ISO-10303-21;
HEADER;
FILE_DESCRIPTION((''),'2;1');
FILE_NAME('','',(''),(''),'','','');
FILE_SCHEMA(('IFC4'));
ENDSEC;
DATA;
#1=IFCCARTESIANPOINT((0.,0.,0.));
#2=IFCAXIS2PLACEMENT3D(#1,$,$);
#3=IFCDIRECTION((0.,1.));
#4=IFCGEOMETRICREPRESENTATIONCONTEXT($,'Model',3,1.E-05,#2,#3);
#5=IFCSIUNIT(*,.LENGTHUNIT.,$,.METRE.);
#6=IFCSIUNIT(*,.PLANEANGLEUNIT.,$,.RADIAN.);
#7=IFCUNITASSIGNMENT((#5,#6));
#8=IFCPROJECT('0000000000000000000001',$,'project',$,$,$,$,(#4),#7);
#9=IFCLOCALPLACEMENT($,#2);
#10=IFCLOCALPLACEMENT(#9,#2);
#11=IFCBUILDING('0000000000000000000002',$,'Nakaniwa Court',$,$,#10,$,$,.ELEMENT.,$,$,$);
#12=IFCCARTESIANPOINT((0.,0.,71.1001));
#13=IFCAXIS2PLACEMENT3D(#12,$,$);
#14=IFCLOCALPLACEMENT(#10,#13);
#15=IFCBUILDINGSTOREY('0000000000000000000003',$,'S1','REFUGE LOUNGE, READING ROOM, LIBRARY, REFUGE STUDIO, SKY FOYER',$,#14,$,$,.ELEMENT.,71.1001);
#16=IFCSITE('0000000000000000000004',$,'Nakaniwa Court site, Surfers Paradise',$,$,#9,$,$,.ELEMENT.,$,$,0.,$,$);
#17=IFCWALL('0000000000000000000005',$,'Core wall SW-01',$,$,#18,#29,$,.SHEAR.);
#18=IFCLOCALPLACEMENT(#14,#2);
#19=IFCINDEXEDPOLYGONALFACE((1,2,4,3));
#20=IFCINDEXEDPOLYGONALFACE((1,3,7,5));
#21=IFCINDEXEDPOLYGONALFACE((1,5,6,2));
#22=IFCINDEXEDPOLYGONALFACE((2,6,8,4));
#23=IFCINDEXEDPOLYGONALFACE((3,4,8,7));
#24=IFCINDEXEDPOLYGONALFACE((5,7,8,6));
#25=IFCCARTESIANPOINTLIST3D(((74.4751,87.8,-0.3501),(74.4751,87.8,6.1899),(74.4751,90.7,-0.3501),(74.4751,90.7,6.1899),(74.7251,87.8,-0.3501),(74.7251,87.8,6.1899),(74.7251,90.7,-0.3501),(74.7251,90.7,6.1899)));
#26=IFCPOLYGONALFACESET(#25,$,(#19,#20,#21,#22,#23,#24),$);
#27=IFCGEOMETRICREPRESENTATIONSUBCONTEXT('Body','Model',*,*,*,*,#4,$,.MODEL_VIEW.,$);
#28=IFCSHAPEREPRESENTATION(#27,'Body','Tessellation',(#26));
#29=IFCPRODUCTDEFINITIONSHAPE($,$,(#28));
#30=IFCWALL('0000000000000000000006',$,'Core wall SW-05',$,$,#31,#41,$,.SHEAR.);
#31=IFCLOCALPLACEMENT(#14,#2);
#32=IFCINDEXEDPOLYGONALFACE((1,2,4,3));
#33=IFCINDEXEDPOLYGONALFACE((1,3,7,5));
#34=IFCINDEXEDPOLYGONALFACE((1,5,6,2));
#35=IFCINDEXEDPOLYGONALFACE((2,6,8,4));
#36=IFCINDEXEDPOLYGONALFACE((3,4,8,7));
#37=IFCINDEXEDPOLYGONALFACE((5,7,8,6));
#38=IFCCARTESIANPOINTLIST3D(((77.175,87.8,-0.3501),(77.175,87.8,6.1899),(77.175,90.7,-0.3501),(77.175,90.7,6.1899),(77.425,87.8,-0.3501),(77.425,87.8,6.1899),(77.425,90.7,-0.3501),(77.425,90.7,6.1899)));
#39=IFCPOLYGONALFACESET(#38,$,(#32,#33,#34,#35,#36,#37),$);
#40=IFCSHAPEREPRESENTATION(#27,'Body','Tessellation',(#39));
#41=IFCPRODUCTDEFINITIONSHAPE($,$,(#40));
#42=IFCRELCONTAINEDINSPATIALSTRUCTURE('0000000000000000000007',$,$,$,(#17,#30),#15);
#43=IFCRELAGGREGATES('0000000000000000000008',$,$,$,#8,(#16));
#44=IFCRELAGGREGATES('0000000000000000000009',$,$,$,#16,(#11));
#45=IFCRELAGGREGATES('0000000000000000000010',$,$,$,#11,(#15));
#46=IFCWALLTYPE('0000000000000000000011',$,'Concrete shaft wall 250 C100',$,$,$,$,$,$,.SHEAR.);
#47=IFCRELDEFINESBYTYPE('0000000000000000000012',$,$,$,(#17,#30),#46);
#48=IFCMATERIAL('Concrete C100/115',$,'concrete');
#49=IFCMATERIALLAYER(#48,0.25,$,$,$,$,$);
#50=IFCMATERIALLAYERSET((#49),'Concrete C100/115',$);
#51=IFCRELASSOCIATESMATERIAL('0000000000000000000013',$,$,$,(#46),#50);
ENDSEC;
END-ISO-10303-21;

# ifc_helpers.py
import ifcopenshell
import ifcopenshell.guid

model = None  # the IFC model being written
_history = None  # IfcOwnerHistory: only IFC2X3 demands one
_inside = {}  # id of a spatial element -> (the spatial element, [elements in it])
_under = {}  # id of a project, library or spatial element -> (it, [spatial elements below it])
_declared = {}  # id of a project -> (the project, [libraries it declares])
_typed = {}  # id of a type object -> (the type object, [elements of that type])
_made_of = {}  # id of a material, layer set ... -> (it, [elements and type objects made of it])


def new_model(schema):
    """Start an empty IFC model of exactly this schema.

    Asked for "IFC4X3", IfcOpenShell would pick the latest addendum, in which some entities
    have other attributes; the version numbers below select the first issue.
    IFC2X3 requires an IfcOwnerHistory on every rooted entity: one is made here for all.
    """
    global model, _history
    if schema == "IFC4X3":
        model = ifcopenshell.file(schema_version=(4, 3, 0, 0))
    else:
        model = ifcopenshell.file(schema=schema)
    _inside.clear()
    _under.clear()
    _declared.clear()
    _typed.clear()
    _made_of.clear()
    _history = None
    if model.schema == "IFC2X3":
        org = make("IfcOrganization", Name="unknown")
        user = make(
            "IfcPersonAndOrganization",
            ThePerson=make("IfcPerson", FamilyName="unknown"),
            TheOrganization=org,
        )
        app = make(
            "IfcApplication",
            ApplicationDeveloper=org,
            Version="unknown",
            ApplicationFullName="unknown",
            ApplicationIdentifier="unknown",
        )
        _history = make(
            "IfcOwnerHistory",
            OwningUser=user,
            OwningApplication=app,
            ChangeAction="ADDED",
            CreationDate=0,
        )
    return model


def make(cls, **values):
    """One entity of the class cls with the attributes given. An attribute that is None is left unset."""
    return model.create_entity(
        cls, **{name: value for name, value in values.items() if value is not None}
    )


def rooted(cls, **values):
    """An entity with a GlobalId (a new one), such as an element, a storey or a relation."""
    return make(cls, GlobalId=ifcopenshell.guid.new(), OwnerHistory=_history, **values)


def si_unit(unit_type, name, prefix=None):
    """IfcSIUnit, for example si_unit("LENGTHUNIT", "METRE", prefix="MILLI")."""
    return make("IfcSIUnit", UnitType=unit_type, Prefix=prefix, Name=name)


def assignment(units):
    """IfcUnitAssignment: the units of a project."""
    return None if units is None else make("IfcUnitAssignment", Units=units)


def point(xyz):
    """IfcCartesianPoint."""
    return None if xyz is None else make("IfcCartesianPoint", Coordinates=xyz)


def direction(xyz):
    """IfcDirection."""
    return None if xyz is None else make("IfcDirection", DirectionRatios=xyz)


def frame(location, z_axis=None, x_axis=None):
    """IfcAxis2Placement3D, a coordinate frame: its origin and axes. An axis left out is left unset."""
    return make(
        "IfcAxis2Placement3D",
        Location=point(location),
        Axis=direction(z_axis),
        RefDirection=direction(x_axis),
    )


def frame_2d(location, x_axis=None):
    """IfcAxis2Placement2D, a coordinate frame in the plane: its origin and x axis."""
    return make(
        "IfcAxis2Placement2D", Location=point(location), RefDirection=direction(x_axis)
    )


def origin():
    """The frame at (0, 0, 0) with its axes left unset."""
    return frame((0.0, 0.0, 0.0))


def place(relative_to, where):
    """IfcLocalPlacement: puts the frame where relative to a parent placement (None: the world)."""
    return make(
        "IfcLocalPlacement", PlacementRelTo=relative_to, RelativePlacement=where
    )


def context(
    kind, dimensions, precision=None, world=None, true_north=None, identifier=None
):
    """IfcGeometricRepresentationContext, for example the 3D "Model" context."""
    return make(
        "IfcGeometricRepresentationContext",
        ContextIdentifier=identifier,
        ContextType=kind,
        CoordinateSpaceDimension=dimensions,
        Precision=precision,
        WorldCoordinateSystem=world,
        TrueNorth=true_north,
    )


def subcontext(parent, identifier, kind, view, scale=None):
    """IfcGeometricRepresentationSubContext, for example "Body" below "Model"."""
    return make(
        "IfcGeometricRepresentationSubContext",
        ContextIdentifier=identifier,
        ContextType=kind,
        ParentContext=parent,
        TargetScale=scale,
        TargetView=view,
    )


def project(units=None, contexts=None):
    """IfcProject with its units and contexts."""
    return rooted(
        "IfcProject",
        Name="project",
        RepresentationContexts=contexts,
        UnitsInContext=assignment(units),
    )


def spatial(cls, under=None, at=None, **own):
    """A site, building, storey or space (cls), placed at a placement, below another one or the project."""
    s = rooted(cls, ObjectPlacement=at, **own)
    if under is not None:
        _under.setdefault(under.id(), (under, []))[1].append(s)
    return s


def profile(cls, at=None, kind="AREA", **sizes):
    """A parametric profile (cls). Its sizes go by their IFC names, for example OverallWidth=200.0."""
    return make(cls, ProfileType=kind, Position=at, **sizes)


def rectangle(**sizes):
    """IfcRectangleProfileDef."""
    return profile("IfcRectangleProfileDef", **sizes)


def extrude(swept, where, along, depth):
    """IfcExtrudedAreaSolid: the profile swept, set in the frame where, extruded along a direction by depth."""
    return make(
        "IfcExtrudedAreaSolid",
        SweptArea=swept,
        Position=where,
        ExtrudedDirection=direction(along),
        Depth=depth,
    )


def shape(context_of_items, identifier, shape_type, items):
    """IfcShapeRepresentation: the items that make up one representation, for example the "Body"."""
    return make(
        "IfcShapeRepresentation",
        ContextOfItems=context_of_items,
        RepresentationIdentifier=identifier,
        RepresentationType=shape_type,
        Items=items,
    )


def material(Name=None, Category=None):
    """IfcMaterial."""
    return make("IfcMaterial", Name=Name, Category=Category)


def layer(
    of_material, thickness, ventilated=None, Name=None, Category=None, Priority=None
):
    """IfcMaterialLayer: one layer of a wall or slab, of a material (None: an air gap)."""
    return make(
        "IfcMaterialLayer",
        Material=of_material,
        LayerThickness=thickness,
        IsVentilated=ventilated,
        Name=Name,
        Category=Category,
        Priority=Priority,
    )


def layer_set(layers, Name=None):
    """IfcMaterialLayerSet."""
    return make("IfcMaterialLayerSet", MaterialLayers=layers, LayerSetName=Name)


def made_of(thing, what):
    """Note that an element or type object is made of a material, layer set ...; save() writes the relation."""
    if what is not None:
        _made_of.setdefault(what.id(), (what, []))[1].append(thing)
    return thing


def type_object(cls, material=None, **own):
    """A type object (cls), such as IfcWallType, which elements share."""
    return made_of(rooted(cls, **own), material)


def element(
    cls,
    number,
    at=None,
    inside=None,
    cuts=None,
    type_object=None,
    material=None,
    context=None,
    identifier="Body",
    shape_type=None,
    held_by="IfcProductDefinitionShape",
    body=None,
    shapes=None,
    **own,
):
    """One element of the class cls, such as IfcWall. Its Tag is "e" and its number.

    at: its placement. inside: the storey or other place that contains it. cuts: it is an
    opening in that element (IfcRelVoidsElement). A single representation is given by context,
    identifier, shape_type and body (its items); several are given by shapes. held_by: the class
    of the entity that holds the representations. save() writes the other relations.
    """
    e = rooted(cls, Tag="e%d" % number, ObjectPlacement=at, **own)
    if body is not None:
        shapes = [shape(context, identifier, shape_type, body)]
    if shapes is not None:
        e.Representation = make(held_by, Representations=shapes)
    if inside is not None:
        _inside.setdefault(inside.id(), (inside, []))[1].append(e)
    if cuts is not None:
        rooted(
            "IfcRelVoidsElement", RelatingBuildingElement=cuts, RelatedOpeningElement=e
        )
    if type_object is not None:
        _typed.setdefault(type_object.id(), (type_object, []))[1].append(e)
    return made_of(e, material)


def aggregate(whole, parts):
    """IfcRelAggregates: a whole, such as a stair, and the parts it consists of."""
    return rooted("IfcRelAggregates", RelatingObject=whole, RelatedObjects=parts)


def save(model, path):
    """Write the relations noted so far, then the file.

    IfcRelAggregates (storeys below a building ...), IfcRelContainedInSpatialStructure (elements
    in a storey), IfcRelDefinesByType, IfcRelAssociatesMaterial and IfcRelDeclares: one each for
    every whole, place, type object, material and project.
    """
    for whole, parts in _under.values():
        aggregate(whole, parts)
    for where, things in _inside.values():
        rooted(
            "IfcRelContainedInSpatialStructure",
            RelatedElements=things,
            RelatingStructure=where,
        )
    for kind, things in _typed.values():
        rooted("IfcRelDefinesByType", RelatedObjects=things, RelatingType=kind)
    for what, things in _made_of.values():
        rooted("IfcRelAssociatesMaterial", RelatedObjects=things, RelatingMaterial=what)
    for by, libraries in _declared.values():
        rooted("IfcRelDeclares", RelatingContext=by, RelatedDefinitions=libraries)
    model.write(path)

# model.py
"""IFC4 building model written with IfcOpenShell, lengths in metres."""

from ifc_helpers import new_model, si_unit, direction, frame, frame_2d, origin, place, context, subcontext, project, spatial, rectangle, extrude, material, layer, layer_set, type_object, element, save


model = new_model("IFC4")

# Units and contexts
model_context = context("Model", 3, precision=1e-05, world=origin(), true_north=direction((0.0, 1.0)))
body_context = subcontext(model_context, "Body", "Model", "MODEL_VIEW")
ifc_project = project(units=[si_unit("LENGTHUNIT", "METRE"), si_unit("PLANEANGLEUNIT", "RADIAN")], contexts=[model_context])

# Site, building, storey
site_placement = place(None, origin())
site = spatial("IfcSite", under=ifc_project, at=site_placement, Name="Nakaniwa Court site, Surfers Paradise", CompositionType="ELEMENT", RefElevation=0.0)
building_placement = place(site_placement, origin())
building = spatial("IfcBuilding", under=site, at=building_placement, Name="Nakaniwa Court", CompositionType="ELEMENT")
storey_placement = place(building_placement, frame((0.0, 0.0, 71.1001)))
storey = spatial("IfcBuildingStorey", under=building, at=storey_placement, Name="S1", Description="REFUGE LOUNGE, READING ROOM, LIBRARY, REFUGE STUDIO, SKY FOYER", CompositionType="ELEMENT", Elevation=71.1001)

# Shared definitions
ifc_material_1 = material(Name="Concrete C100/115", Category="concrete")

# Walls
ifc_layer_1 = layer(ifc_material_1, 0.25)
ifc_layer_set_1 = layer_set([ifc_layer_1], Name="Concrete C100/115")
wall_type_1 = type_object("IfcWallType", Name="Concrete shaft wall 250 C100", PredefinedType="SHEAR", material=ifc_layer_set_1)
for number, where, z_axis, x_axis, name in (
    (1, (74.6001, 87.8, -0.3501), (0.0, 0.0, 1.0), (0.0, 1.0, 0.0), "Core wall SW-01"),
    (2, (77.3, 87.8, -0.3501), (0.0, 0.0, 1.0), (0.0, 1.0, 0.0), "Core wall SW-05"),
):
    element("IfcWall", number, at=place(storey_placement, frame(where, z_axis=z_axis, x_axis=x_axis)), inside=storey, type_object=wall_type_1, Name=name, PredefinedType="SHEAR", context=body_context, shape_type="SweptSolid", body=[
        extrude(rectangle(XDim=2.8999, YDim=0.25, at=frame_2d((1.45, 0.0))), origin(), (0.0, 0.0, 1.0), 6.54),
    ])

save(model, "model.ifc")
